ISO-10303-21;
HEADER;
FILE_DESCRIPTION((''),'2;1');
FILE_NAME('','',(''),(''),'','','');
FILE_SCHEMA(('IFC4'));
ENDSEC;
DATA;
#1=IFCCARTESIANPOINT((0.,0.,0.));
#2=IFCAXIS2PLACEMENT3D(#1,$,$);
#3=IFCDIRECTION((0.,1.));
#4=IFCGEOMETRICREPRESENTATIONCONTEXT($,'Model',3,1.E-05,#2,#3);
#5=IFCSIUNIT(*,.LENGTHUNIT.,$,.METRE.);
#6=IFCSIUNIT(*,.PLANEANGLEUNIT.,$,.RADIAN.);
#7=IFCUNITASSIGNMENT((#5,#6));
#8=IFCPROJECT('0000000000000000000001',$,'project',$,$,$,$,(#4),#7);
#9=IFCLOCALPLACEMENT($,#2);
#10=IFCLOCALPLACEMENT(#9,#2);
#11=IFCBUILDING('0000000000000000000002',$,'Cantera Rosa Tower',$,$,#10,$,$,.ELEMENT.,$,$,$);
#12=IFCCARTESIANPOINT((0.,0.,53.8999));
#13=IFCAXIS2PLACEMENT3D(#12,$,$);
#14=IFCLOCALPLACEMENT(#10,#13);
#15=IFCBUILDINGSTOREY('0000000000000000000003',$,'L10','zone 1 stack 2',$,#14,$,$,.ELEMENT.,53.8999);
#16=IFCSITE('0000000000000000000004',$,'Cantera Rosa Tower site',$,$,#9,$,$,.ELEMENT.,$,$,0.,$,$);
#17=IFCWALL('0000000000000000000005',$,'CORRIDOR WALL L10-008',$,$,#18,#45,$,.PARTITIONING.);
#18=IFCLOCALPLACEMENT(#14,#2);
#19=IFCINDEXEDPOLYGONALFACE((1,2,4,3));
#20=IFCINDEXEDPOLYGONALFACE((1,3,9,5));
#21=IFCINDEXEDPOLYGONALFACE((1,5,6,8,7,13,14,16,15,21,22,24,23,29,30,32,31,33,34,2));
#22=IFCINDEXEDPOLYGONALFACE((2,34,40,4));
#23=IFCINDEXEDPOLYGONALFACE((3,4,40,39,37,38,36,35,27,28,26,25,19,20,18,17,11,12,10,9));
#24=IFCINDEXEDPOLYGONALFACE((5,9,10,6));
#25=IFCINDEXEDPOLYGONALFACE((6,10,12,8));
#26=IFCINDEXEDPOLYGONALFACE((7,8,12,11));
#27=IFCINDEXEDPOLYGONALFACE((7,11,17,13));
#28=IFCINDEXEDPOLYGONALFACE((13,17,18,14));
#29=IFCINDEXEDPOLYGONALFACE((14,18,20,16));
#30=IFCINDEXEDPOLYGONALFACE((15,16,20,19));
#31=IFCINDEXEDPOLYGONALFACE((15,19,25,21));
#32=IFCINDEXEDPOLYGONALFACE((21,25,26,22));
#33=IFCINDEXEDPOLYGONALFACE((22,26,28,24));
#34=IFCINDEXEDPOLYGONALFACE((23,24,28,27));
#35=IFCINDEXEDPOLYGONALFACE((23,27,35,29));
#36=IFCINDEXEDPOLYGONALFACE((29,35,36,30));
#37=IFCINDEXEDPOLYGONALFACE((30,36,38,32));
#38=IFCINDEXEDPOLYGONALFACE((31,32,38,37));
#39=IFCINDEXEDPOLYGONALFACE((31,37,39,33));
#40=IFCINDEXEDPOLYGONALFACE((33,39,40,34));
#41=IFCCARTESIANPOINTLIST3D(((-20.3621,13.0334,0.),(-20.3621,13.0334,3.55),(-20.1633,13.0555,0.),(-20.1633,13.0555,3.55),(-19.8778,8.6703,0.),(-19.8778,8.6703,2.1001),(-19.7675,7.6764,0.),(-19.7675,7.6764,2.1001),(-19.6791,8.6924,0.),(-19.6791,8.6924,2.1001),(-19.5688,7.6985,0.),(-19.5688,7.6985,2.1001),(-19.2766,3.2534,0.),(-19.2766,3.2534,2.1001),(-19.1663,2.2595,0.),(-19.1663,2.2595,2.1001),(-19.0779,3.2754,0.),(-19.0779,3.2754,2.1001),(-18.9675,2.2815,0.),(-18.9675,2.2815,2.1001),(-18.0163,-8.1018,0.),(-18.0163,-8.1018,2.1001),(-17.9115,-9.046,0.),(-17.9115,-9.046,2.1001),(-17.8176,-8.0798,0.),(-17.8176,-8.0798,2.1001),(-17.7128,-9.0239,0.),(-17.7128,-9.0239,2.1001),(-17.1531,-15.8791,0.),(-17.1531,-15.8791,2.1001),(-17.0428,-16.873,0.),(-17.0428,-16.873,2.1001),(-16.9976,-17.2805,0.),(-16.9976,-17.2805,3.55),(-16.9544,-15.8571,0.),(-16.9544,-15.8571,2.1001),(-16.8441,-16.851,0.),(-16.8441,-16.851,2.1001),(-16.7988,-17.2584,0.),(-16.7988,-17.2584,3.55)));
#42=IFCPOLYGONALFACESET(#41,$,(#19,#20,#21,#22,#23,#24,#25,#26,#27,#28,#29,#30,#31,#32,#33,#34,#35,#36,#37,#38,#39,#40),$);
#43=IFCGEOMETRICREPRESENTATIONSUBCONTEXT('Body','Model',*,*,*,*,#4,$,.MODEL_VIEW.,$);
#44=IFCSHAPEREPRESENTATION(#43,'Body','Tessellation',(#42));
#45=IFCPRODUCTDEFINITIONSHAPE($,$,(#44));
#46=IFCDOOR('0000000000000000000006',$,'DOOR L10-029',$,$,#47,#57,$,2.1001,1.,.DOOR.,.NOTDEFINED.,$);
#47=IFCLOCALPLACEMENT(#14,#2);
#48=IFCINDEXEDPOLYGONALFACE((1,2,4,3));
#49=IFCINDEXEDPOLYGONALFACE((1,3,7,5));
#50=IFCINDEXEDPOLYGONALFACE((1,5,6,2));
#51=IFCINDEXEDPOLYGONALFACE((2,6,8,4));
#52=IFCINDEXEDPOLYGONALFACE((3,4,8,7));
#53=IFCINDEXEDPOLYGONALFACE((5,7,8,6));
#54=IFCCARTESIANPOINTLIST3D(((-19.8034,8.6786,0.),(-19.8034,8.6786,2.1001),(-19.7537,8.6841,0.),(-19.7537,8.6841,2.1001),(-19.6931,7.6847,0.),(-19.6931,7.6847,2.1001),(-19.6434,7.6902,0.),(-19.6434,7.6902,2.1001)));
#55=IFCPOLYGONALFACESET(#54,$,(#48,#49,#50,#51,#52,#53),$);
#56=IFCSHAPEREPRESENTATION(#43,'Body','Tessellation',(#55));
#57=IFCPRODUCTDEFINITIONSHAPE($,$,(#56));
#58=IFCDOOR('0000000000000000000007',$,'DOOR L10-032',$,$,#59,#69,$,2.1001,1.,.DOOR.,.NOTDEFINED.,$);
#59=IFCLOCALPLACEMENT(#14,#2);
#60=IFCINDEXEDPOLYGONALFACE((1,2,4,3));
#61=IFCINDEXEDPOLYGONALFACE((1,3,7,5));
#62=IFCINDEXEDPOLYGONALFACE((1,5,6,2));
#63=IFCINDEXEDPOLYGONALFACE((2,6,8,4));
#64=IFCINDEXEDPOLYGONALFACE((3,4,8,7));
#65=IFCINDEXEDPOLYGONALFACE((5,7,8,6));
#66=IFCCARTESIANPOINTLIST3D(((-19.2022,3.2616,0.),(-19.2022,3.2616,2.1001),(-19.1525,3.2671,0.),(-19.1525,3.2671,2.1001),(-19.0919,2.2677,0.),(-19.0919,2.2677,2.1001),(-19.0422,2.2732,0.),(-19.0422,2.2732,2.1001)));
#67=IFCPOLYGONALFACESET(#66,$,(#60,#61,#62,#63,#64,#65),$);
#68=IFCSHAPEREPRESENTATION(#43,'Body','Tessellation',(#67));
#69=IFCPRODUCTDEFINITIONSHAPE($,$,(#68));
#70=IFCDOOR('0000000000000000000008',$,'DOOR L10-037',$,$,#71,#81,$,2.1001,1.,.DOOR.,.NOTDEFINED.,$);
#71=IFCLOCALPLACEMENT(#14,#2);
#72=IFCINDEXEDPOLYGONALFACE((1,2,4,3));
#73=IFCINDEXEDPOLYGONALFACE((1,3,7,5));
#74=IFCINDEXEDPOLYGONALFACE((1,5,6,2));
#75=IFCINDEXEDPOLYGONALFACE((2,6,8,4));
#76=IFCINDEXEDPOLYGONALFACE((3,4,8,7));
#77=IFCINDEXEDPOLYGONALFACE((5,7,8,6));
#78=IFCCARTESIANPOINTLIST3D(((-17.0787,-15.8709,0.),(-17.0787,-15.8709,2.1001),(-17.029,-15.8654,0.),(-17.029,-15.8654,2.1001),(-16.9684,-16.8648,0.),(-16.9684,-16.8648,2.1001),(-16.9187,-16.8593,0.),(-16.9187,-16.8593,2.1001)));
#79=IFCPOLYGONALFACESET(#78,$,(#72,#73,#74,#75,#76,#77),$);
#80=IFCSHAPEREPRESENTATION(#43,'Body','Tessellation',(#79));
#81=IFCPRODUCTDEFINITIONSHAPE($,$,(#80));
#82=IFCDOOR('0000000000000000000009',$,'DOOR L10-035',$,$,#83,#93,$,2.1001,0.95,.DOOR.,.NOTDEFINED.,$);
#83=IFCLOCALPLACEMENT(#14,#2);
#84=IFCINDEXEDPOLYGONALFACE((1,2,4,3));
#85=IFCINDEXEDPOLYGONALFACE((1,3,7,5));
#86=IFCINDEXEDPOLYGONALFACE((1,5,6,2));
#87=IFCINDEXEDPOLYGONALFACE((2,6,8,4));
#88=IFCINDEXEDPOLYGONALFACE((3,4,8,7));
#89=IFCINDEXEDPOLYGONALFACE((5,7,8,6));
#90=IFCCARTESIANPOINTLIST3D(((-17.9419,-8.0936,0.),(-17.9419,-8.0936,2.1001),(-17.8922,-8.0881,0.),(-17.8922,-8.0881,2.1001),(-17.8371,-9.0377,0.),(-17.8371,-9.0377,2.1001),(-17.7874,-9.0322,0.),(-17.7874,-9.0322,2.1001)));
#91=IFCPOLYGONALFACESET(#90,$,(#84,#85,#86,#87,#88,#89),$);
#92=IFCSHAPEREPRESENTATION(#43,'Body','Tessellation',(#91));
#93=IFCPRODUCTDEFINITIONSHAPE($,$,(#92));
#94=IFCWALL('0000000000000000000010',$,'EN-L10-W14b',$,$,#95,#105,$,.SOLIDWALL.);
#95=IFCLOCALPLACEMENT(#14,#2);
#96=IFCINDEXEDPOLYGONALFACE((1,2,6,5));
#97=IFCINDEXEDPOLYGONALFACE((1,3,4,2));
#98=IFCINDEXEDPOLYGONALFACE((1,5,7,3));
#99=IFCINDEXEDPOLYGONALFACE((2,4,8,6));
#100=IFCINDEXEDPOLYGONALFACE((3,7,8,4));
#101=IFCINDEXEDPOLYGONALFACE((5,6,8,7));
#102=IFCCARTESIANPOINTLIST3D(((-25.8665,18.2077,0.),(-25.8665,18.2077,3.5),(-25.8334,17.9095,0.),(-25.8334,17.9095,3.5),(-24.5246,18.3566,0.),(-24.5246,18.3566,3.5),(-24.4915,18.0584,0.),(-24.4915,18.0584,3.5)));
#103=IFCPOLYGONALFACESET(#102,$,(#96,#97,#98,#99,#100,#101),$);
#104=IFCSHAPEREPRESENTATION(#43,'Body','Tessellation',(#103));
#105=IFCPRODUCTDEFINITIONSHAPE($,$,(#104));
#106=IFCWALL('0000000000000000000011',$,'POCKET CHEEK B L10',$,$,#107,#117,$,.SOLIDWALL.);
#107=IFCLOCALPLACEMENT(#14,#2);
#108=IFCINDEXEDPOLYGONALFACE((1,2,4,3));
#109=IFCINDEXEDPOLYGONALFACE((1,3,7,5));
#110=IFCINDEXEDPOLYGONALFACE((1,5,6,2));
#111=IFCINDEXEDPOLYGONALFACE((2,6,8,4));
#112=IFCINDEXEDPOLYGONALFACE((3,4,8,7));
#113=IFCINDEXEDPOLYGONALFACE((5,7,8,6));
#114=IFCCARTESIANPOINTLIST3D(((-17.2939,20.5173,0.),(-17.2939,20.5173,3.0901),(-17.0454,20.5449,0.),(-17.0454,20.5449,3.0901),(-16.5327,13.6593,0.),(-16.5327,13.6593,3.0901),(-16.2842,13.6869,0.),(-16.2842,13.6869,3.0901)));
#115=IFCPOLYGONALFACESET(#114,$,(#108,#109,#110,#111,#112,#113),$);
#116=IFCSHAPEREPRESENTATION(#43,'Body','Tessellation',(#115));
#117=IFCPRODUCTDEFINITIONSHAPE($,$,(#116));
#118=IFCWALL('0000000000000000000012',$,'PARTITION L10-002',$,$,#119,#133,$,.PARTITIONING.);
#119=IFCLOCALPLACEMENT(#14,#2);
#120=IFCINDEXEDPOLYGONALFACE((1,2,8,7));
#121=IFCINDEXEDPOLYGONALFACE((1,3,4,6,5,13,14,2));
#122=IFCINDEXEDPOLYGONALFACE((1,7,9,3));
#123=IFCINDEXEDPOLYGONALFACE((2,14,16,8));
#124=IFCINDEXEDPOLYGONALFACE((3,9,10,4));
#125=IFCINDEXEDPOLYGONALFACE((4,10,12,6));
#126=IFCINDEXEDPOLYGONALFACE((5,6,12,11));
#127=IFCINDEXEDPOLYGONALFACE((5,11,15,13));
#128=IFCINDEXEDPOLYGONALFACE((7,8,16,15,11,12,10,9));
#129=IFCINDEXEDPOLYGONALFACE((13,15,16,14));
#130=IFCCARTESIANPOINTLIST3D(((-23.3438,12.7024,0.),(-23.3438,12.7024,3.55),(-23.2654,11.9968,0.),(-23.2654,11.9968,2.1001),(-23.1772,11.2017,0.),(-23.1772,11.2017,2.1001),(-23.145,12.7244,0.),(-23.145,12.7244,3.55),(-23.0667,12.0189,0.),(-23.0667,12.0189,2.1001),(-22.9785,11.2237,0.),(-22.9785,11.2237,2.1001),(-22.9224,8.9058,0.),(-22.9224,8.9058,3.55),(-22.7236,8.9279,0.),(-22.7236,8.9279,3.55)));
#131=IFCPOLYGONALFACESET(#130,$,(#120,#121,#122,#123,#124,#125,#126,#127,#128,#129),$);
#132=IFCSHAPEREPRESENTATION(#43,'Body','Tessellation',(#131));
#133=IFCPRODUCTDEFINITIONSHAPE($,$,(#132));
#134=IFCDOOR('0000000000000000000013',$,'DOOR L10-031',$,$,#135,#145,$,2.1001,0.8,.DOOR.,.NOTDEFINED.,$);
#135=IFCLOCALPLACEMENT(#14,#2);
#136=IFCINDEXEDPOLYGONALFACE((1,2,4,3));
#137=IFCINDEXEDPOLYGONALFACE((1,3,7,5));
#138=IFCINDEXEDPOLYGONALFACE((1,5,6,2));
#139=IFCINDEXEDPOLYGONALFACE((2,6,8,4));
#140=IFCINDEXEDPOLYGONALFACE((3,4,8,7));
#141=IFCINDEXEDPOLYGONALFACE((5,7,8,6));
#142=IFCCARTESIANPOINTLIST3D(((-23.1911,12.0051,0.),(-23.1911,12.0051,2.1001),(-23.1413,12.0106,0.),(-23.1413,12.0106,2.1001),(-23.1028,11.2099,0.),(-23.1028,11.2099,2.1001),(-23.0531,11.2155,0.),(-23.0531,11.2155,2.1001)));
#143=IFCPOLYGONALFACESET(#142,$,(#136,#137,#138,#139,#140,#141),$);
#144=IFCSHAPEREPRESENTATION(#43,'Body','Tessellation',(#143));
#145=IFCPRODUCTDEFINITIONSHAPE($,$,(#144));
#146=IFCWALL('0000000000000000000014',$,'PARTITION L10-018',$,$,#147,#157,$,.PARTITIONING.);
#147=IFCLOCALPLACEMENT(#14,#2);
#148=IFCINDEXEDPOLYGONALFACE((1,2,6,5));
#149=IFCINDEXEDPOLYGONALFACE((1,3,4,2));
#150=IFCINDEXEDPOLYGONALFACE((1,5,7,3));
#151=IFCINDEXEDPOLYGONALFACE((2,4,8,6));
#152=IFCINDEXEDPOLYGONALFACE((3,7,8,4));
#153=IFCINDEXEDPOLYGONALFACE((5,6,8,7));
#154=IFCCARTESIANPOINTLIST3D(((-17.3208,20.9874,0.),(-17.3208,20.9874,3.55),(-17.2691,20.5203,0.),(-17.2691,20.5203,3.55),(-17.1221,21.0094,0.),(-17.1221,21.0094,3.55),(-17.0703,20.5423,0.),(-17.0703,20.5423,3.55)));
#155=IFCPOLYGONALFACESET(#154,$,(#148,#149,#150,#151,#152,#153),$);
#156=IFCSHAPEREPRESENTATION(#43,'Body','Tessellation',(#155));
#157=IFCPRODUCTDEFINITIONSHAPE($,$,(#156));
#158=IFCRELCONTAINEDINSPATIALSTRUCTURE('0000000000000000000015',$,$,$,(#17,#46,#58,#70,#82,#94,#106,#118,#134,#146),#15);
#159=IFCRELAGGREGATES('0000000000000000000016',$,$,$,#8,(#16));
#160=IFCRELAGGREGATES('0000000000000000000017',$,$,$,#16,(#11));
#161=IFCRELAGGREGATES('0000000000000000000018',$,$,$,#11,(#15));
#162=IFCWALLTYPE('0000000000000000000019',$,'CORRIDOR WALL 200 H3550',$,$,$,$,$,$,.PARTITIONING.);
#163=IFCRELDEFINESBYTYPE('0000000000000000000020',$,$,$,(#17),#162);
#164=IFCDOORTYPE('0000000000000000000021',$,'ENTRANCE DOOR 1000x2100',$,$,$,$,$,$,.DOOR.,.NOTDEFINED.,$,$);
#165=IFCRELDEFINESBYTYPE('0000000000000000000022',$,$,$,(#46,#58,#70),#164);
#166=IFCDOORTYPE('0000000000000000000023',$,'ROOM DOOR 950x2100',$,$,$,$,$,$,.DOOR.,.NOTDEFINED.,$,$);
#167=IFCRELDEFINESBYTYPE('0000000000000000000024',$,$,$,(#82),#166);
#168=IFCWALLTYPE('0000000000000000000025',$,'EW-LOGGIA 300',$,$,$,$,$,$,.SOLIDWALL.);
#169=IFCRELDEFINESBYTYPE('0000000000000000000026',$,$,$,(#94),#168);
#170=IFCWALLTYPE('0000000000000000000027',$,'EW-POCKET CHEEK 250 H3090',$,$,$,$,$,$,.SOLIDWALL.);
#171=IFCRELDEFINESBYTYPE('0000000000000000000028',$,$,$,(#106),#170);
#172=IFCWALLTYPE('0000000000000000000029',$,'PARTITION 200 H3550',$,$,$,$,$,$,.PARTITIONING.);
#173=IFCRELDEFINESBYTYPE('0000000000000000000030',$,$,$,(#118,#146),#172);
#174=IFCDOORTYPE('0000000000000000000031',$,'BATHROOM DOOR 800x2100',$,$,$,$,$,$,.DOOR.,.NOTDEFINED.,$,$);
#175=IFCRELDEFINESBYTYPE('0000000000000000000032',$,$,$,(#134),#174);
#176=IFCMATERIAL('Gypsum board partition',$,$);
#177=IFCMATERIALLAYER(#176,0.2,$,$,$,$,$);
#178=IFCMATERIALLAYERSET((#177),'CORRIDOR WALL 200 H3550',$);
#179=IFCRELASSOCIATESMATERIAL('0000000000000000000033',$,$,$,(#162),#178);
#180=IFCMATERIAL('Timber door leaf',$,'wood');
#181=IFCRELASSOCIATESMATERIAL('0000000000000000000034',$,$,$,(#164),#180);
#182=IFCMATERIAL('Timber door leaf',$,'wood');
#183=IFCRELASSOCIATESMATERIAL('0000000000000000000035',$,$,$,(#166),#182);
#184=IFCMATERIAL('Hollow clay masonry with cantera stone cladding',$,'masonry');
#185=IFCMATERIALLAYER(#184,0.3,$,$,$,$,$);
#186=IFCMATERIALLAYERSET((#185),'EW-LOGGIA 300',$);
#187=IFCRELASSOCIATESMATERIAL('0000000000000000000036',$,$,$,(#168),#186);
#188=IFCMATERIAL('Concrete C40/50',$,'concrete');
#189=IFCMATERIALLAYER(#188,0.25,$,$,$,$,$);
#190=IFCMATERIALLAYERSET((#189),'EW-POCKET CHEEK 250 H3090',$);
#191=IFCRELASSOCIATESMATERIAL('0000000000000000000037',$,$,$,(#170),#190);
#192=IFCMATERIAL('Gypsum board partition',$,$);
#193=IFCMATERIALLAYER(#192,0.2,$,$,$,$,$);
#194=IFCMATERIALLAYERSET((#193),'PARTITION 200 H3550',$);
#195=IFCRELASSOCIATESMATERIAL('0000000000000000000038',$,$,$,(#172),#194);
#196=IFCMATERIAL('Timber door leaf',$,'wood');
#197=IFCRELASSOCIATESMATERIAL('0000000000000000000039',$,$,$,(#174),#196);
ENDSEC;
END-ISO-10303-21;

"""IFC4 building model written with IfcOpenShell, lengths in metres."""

from ifc_helpers import new_model, si_unit, direction, frame, frame_2d, origin, place, context, subcontext, project, spatial, rectangle, extrude, material, layer, layer_set, type_object, element, fill, save


model = new_model("IFC4")

# Units and contexts
model_context = context("Model", 3, precision=1e-05, world=origin(), true_north=direction((0.0, 1.0)))
body_context = subcontext(model_context, "Body", "Model", "MODEL_VIEW")
ifc_project = project(units=[si_unit("LENGTHUNIT", "METRE"), si_unit("PLANEANGLEUNIT", "RADIAN")], contexts=[model_context])

# Site, building, storey
site_placement = place(None, origin())
site = spatial("IfcSite", under=ifc_project, at=site_placement, Name="Cantera Rosa Tower site", CompositionType="ELEMENT", RefElevation=0.0)
building_placement = place(site_placement, origin())
building = spatial("IfcBuilding", under=site, at=building_placement, Name="Cantera Rosa Tower", CompositionType="ELEMENT")
storey_placement = place(building_placement, frame((0.0, 0.0, 53.8999)))
storey = spatial("IfcBuildingStorey", under=building, at=storey_placement, Name="L10", Description="zone 1 stack 2", CompositionType="ELEMENT", Elevation=53.8999)

# Wall, openings, doors
ifc_material_1 = material(Name="Gypsum board partition")
ifc_layer_1 = layer(ifc_material_1, 0.2)
ifc_layer_set_1 = layer_set([ifc_layer_1], Name="CORRIDOR WALL 200 H3550")
wall_type_1 = type_object("IfcWallType", Name="CORRIDOR WALL 200 H3550", PredefinedType="PARTITIONING", material=ifc_layer_set_1)
wall_1_placement = place(storey_placement, frame((-20.2627, 13.0444, 0.0), z_axis=(0.0, 0.0, 1.0), x_axis=(0.110311, -0.993897, 0.0)))
wall_1 = element("IfcWall", 1, at=wall_1_placement, inside=storey, type_object=wall_type_1, Name="CORRIDOR WALL L10-008", PredefinedType="PARTITIONING", context=body_context, shape_type="SweptSolid", body=[
    extrude(rectangle(XDim=30.5, YDim=0.2, at=frame_2d((15.25, 0.0))), origin(), (0.0, 0.0, 1.0), 3.55),
])
opening_1_placement = place(wall_1_placement, frame((4.3899, 0.0, 0.0)))
opening_1 = element("IfcOpeningElement", 2, at=opening_1_placement, cuts=wall_1, PredefinedType="OPENING", context=body_context, shape_type="SweptSolid", body=[
    extrude(rectangle(XDim=1.0, YDim=2.1001, at=frame_2d((0.5, 1.05))), frame((0.0, 0.1099, 0.0), z_axis=(0.0, -1.0, 0.0), x_axis=(1.0, 0.0, 0.0)), (0.0, 0.0, 1.0), 0.22),
])
opening_2_placement = place(wall_1_placement, frame((9.8401, 0.0, 0.0)))
opening_2 = element("IfcOpeningElement", 3, at=opening_2_placement, cuts=wall_1, PredefinedType="OPENING", context=body_context, shape_type="SweptSolid", body=[
    extrude(rectangle(XDim=1.0, YDim=2.1001, at=frame_2d((0.5, 1.05))), frame((0.0, 0.1099, 0.0), z_axis=(0.0, -1.0, 0.0), x_axis=(1.0, 0.0, 0.0)), (0.0, 0.0, 1.0), 0.22),
])
opening_3_placement = place(wall_1_placement, frame((21.2649, 0.0, 0.0)))
opening_3 = element("IfcOpeningElement", 4, at=opening_3_placement, cuts=wall_1, PredefinedType="OPENING", context=body_context, shape_type="SweptSolid", body=[
    extrude(rectangle(XDim=0.95, YDim=2.1001, at=frame_2d((0.4751, 1.05))), frame((0.0, 0.1099, 0.0), z_axis=(0.0, -1.0, 0.0), x_axis=(1.0, 0.0, 0.0)), (0.0, 0.0, 1.0), 0.22),
])
opening_4_placement = place(wall_1_placement, frame((29.0901, 0.0, 0.0)))
opening_4 = element("IfcOpeningElement", 5, at=opening_4_placement, cuts=wall_1, PredefinedType="OPENING", context=body_context, shape_type="SweptSolid", body=[
    extrude(rectangle(XDim=1.0, YDim=2.1001, at=frame_2d((0.5, 1.05))), frame((0.0, 0.1099, 0.0), z_axis=(0.0, -1.0, 0.0), x_axis=(1.0, 0.0, 0.0)), (0.0, 0.0, 1.0), 0.22),
])
ifc_material_2 = material(Name="Timber door leaf", Category="wood")
door_type_1 = type_object("IfcDoorType", Name="ENTRANCE DOOR 1000x2100", OperationType="NOTDEFINED", PredefinedType="DOOR", material=ifc_material_2)
door_1_placement = place(opening_1_placement, origin())
door_1 = element("IfcDoor", 6, at=door_1_placement, inside=storey, type_object=door_type_1, Name="DOOR L10-029", OperationType="NOTDEFINED", OverallHeight=2.1001, OverallWidth=1.0, PredefinedType="DOOR", context=body_context, shape_type="SweptSolid", body=[
    extrude(rectangle(XDim=1.0, YDim=2.1001, at=frame_2d((0.5, 1.05))), frame((0.0, 0.0249, 0.0), z_axis=(0.0, -1.0, 0.0), x_axis=(1.0, 0.0, 0.0)), (0.0, 0.0, 1.0), 0.05),
])
fill(opening_1, door_1)
door_2_placement = place(opening_2_placement, origin())
door_2 = element("IfcDoor", 7, at=door_2_placement, inside=storey, type_object=door_type_1, Name="DOOR L10-032", OperationType="NOTDEFINED", OverallHeight=2.1001, OverallWidth=1.0, PredefinedType="DOOR", context=body_context, shape_type="SweptSolid", body=[
    extrude(rectangle(XDim=1.0, YDim=2.1001, at=frame_2d((0.5, 1.05))), frame((0.0, 0.0249, 0.0), z_axis=(0.0, -1.0, 0.0), x_axis=(1.0, 0.0, 0.0)), (0.0, 0.0, 1.0), 0.05),
])
fill(opening_2, door_2)
door_3_placement = place(opening_4_placement, origin())
door_3 = element("IfcDoor", 8, at=door_3_placement, inside=storey, type_object=door_type_1, Name="DOOR L10-037", OperationType="NOTDEFINED", OverallHeight=2.1001, OverallWidth=1.0, PredefinedType="DOOR", context=body_context, shape_type="SweptSolid", body=[
    extrude(rectangle(XDim=1.0, YDim=2.1001, at=frame_2d((0.5, 1.05))), frame((0.0, 0.0249, 0.0), z_axis=(0.0, -1.0, 0.0), x_axis=(1.0, 0.0, 0.0)), (0.0, 0.0, 1.0), 0.05),
])
fill(opening_4, door_3)
ifc_material_3 = material(Name="Timber door leaf", Category="wood")
door_type_2 = type_object("IfcDoorType", Name="ROOM DOOR 950x2100", OperationType="NOTDEFINED", PredefinedType="DOOR", material=ifc_material_3)
door_4_placement = place(opening_3_placement, origin())
door_4 = element("IfcDoor", 9, at=door_4_placement, inside=storey, type_object=door_type_2, Name="DOOR L10-035", OperationType="NOTDEFINED", OverallHeight=2.1001, OverallWidth=0.95, PredefinedType="DOOR", context=body_context, shape_type="SweptSolid", body=[
    extrude(rectangle(XDim=0.95, YDim=2.1001, at=frame_2d((0.4751, 1.05))), frame((0.0, 0.0249, 0.0), z_axis=(0.0, -1.0, 0.0), x_axis=(1.0, 0.0, 0.0)), (0.0, 0.0, 1.0), 0.05),
])
fill(opening_3, door_4)

# Wall
ifc_material_4 = material(Name="Hollow clay masonry with cantera stone cladding", Category="masonry")
ifc_layer_2 = layer(ifc_material_4, 0.3)
ifc_layer_set_2 = layer_set([ifc_layer_2], Name="EW-LOGGIA 300")
wall_type_2 = type_object("IfcWallType", Name="EW-LOGGIA 300", PredefinedType="SOLIDWALL", material=ifc_layer_set_2)
wall_2_placement = place(storey_placement, frame((-24.5081, 18.2075, 0.0), z_axis=(0.0, 0.0, 1.0), x_axis=(-0.993897, -0.110312, 0.0)))
element("IfcWall", 10, at=wall_2_placement, inside=storey, type_object=wall_type_2, Name="EN-L10-W14b", PredefinedType="SOLIDWALL", context=body_context, shape_type="SweptSolid", body=[
    extrude(rectangle(XDim=1.3501, YDim=0.3, at=frame_2d((0.675, 0.0))), origin(), (0.0, 0.0, 1.0), 3.5),
])

# Wall
ifc_material_5 = material(Name="Concrete C40/50", Category="concrete")
ifc_layer_3 = layer(ifc_material_5, 0.25)
ifc_layer_set_3 = layer_set([ifc_layer_3], Name="EW-POCKET CHEEK 250 H3090")
wall_type_3 = type_object("IfcWallType", Name="EW-POCKET CHEEK 250 H3090", PredefinedType="SOLIDWALL", material=ifc_layer_set_3)
wall_3_placement = place(storey_placement, frame((-17.1697, 20.5312, 0.0), z_axis=(0.0, 0.0, 1.0), x_axis=(0.110323, -0.993896, 0.0)))
element("IfcWall", 11, at=wall_3_placement, inside=storey, type_object=wall_type_3, Name="POCKET CHEEK B L10", PredefinedType="SOLIDWALL", context=body_context, shape_type="SweptSolid", body=[
    extrude(rectangle(XDim=6.9001, YDim=0.25, at=frame_2d((3.4502, 0.0))), origin(), (0.0, 0.0, 1.0), 3.0901),
])

# Wall, opening, door
ifc_material_6 = material(Name="Gypsum board partition")
ifc_layer_4 = layer(ifc_material_6, 0.2)
ifc_layer_set_4 = layer_set([ifc_layer_4], Name="PARTITION 200 H3550")
wall_type_4 = type_object("IfcWallType", Name="PARTITION 200 H3550", PredefinedType="PARTITIONING", material=ifc_layer_set_4)
wall_4_placement = place(storey_placement, frame((-23.2444, 12.7134, 0.0), z_axis=(0.0, 0.0, 1.0), x_axis=(0.110312, -0.993897, 0.0)))
wall_4 = element("IfcWall", 12, at=wall_4_placement, inside=storey, type_object=wall_type_4, Name="PARTITION L10-002", PredefinedType="PARTITIONING", context=body_context, shape_type="SweptSolid", body=[
    extrude(rectangle(XDim=3.8198, YDim=0.2, at=frame_2d((1.9099, 0.0))), origin(), (0.0, 0.0, 1.0), 3.55),
])
opening_5_placement = place(wall_4_placement, frame((0.71, 0.0, 0.0)))
opening_5 = element("IfcOpeningElement", 13, at=opening_5_placement, cuts=wall_4, PredefinedType="OPENING", context=body_context, shape_type="SweptSolid", body=[
    extrude(rectangle(XDim=0.8, YDim=2.1001, at=frame_2d((0.3999, 1.05))), frame((0.0, 0.1099, 0.0), z_axis=(0.0, -1.0, 0.0), x_axis=(1.0, 0.0, 0.0)), (0.0, 0.0, 1.0), 0.22),
])
ifc_material_7 = material(Name="Timber door leaf", Category="wood")
door_type_3 = type_object("IfcDoorType", Name="BATHROOM DOOR 800x2100", OperationType="NOTDEFINED", PredefinedType="DOOR", material=ifc_material_7)
door_5_placement = place(opening_5_placement, origin())
door_5 = element("IfcDoor", 14, at=door_5_placement, inside=storey, type_object=door_type_3, Name="DOOR L10-031", OperationType="NOTDEFINED", OverallHeight=2.1001, OverallWidth=0.8, PredefinedType="DOOR", context=body_context, shape_type="SweptSolid", body=[
    extrude(rectangle(XDim=0.8, YDim=2.1001, at=frame_2d((0.3999, 1.05))), frame((0.0, 0.0249, 0.0), z_axis=(0.0, -1.0, 0.0), x_axis=(1.0, 0.0, 0.0)), (0.0, 0.0, 1.0), 0.05),
])
fill(opening_5, door_5)

# Wall
wall_5_placement = place(storey_placement, frame((-17.2214, 20.9983, 0.0), z_axis=(0.0, 0.0, 1.0), x_axis=(0.110146, -0.993915, 0.0)))
element("IfcWall", 15, at=wall_5_placement, inside=storey, type_object=wall_type_4, Name="PARTITION L10-018", PredefinedType="PARTITIONING", context=body_context, shape_type="SweptSolid", body=[
    extrude(rectangle(XDim=0.47, YDim=0.2, at=frame_2d((0.2349, 0.0))), origin(), (0.0, 0.0, 1.0), 3.55),
])

save(model, "model.ifc")
